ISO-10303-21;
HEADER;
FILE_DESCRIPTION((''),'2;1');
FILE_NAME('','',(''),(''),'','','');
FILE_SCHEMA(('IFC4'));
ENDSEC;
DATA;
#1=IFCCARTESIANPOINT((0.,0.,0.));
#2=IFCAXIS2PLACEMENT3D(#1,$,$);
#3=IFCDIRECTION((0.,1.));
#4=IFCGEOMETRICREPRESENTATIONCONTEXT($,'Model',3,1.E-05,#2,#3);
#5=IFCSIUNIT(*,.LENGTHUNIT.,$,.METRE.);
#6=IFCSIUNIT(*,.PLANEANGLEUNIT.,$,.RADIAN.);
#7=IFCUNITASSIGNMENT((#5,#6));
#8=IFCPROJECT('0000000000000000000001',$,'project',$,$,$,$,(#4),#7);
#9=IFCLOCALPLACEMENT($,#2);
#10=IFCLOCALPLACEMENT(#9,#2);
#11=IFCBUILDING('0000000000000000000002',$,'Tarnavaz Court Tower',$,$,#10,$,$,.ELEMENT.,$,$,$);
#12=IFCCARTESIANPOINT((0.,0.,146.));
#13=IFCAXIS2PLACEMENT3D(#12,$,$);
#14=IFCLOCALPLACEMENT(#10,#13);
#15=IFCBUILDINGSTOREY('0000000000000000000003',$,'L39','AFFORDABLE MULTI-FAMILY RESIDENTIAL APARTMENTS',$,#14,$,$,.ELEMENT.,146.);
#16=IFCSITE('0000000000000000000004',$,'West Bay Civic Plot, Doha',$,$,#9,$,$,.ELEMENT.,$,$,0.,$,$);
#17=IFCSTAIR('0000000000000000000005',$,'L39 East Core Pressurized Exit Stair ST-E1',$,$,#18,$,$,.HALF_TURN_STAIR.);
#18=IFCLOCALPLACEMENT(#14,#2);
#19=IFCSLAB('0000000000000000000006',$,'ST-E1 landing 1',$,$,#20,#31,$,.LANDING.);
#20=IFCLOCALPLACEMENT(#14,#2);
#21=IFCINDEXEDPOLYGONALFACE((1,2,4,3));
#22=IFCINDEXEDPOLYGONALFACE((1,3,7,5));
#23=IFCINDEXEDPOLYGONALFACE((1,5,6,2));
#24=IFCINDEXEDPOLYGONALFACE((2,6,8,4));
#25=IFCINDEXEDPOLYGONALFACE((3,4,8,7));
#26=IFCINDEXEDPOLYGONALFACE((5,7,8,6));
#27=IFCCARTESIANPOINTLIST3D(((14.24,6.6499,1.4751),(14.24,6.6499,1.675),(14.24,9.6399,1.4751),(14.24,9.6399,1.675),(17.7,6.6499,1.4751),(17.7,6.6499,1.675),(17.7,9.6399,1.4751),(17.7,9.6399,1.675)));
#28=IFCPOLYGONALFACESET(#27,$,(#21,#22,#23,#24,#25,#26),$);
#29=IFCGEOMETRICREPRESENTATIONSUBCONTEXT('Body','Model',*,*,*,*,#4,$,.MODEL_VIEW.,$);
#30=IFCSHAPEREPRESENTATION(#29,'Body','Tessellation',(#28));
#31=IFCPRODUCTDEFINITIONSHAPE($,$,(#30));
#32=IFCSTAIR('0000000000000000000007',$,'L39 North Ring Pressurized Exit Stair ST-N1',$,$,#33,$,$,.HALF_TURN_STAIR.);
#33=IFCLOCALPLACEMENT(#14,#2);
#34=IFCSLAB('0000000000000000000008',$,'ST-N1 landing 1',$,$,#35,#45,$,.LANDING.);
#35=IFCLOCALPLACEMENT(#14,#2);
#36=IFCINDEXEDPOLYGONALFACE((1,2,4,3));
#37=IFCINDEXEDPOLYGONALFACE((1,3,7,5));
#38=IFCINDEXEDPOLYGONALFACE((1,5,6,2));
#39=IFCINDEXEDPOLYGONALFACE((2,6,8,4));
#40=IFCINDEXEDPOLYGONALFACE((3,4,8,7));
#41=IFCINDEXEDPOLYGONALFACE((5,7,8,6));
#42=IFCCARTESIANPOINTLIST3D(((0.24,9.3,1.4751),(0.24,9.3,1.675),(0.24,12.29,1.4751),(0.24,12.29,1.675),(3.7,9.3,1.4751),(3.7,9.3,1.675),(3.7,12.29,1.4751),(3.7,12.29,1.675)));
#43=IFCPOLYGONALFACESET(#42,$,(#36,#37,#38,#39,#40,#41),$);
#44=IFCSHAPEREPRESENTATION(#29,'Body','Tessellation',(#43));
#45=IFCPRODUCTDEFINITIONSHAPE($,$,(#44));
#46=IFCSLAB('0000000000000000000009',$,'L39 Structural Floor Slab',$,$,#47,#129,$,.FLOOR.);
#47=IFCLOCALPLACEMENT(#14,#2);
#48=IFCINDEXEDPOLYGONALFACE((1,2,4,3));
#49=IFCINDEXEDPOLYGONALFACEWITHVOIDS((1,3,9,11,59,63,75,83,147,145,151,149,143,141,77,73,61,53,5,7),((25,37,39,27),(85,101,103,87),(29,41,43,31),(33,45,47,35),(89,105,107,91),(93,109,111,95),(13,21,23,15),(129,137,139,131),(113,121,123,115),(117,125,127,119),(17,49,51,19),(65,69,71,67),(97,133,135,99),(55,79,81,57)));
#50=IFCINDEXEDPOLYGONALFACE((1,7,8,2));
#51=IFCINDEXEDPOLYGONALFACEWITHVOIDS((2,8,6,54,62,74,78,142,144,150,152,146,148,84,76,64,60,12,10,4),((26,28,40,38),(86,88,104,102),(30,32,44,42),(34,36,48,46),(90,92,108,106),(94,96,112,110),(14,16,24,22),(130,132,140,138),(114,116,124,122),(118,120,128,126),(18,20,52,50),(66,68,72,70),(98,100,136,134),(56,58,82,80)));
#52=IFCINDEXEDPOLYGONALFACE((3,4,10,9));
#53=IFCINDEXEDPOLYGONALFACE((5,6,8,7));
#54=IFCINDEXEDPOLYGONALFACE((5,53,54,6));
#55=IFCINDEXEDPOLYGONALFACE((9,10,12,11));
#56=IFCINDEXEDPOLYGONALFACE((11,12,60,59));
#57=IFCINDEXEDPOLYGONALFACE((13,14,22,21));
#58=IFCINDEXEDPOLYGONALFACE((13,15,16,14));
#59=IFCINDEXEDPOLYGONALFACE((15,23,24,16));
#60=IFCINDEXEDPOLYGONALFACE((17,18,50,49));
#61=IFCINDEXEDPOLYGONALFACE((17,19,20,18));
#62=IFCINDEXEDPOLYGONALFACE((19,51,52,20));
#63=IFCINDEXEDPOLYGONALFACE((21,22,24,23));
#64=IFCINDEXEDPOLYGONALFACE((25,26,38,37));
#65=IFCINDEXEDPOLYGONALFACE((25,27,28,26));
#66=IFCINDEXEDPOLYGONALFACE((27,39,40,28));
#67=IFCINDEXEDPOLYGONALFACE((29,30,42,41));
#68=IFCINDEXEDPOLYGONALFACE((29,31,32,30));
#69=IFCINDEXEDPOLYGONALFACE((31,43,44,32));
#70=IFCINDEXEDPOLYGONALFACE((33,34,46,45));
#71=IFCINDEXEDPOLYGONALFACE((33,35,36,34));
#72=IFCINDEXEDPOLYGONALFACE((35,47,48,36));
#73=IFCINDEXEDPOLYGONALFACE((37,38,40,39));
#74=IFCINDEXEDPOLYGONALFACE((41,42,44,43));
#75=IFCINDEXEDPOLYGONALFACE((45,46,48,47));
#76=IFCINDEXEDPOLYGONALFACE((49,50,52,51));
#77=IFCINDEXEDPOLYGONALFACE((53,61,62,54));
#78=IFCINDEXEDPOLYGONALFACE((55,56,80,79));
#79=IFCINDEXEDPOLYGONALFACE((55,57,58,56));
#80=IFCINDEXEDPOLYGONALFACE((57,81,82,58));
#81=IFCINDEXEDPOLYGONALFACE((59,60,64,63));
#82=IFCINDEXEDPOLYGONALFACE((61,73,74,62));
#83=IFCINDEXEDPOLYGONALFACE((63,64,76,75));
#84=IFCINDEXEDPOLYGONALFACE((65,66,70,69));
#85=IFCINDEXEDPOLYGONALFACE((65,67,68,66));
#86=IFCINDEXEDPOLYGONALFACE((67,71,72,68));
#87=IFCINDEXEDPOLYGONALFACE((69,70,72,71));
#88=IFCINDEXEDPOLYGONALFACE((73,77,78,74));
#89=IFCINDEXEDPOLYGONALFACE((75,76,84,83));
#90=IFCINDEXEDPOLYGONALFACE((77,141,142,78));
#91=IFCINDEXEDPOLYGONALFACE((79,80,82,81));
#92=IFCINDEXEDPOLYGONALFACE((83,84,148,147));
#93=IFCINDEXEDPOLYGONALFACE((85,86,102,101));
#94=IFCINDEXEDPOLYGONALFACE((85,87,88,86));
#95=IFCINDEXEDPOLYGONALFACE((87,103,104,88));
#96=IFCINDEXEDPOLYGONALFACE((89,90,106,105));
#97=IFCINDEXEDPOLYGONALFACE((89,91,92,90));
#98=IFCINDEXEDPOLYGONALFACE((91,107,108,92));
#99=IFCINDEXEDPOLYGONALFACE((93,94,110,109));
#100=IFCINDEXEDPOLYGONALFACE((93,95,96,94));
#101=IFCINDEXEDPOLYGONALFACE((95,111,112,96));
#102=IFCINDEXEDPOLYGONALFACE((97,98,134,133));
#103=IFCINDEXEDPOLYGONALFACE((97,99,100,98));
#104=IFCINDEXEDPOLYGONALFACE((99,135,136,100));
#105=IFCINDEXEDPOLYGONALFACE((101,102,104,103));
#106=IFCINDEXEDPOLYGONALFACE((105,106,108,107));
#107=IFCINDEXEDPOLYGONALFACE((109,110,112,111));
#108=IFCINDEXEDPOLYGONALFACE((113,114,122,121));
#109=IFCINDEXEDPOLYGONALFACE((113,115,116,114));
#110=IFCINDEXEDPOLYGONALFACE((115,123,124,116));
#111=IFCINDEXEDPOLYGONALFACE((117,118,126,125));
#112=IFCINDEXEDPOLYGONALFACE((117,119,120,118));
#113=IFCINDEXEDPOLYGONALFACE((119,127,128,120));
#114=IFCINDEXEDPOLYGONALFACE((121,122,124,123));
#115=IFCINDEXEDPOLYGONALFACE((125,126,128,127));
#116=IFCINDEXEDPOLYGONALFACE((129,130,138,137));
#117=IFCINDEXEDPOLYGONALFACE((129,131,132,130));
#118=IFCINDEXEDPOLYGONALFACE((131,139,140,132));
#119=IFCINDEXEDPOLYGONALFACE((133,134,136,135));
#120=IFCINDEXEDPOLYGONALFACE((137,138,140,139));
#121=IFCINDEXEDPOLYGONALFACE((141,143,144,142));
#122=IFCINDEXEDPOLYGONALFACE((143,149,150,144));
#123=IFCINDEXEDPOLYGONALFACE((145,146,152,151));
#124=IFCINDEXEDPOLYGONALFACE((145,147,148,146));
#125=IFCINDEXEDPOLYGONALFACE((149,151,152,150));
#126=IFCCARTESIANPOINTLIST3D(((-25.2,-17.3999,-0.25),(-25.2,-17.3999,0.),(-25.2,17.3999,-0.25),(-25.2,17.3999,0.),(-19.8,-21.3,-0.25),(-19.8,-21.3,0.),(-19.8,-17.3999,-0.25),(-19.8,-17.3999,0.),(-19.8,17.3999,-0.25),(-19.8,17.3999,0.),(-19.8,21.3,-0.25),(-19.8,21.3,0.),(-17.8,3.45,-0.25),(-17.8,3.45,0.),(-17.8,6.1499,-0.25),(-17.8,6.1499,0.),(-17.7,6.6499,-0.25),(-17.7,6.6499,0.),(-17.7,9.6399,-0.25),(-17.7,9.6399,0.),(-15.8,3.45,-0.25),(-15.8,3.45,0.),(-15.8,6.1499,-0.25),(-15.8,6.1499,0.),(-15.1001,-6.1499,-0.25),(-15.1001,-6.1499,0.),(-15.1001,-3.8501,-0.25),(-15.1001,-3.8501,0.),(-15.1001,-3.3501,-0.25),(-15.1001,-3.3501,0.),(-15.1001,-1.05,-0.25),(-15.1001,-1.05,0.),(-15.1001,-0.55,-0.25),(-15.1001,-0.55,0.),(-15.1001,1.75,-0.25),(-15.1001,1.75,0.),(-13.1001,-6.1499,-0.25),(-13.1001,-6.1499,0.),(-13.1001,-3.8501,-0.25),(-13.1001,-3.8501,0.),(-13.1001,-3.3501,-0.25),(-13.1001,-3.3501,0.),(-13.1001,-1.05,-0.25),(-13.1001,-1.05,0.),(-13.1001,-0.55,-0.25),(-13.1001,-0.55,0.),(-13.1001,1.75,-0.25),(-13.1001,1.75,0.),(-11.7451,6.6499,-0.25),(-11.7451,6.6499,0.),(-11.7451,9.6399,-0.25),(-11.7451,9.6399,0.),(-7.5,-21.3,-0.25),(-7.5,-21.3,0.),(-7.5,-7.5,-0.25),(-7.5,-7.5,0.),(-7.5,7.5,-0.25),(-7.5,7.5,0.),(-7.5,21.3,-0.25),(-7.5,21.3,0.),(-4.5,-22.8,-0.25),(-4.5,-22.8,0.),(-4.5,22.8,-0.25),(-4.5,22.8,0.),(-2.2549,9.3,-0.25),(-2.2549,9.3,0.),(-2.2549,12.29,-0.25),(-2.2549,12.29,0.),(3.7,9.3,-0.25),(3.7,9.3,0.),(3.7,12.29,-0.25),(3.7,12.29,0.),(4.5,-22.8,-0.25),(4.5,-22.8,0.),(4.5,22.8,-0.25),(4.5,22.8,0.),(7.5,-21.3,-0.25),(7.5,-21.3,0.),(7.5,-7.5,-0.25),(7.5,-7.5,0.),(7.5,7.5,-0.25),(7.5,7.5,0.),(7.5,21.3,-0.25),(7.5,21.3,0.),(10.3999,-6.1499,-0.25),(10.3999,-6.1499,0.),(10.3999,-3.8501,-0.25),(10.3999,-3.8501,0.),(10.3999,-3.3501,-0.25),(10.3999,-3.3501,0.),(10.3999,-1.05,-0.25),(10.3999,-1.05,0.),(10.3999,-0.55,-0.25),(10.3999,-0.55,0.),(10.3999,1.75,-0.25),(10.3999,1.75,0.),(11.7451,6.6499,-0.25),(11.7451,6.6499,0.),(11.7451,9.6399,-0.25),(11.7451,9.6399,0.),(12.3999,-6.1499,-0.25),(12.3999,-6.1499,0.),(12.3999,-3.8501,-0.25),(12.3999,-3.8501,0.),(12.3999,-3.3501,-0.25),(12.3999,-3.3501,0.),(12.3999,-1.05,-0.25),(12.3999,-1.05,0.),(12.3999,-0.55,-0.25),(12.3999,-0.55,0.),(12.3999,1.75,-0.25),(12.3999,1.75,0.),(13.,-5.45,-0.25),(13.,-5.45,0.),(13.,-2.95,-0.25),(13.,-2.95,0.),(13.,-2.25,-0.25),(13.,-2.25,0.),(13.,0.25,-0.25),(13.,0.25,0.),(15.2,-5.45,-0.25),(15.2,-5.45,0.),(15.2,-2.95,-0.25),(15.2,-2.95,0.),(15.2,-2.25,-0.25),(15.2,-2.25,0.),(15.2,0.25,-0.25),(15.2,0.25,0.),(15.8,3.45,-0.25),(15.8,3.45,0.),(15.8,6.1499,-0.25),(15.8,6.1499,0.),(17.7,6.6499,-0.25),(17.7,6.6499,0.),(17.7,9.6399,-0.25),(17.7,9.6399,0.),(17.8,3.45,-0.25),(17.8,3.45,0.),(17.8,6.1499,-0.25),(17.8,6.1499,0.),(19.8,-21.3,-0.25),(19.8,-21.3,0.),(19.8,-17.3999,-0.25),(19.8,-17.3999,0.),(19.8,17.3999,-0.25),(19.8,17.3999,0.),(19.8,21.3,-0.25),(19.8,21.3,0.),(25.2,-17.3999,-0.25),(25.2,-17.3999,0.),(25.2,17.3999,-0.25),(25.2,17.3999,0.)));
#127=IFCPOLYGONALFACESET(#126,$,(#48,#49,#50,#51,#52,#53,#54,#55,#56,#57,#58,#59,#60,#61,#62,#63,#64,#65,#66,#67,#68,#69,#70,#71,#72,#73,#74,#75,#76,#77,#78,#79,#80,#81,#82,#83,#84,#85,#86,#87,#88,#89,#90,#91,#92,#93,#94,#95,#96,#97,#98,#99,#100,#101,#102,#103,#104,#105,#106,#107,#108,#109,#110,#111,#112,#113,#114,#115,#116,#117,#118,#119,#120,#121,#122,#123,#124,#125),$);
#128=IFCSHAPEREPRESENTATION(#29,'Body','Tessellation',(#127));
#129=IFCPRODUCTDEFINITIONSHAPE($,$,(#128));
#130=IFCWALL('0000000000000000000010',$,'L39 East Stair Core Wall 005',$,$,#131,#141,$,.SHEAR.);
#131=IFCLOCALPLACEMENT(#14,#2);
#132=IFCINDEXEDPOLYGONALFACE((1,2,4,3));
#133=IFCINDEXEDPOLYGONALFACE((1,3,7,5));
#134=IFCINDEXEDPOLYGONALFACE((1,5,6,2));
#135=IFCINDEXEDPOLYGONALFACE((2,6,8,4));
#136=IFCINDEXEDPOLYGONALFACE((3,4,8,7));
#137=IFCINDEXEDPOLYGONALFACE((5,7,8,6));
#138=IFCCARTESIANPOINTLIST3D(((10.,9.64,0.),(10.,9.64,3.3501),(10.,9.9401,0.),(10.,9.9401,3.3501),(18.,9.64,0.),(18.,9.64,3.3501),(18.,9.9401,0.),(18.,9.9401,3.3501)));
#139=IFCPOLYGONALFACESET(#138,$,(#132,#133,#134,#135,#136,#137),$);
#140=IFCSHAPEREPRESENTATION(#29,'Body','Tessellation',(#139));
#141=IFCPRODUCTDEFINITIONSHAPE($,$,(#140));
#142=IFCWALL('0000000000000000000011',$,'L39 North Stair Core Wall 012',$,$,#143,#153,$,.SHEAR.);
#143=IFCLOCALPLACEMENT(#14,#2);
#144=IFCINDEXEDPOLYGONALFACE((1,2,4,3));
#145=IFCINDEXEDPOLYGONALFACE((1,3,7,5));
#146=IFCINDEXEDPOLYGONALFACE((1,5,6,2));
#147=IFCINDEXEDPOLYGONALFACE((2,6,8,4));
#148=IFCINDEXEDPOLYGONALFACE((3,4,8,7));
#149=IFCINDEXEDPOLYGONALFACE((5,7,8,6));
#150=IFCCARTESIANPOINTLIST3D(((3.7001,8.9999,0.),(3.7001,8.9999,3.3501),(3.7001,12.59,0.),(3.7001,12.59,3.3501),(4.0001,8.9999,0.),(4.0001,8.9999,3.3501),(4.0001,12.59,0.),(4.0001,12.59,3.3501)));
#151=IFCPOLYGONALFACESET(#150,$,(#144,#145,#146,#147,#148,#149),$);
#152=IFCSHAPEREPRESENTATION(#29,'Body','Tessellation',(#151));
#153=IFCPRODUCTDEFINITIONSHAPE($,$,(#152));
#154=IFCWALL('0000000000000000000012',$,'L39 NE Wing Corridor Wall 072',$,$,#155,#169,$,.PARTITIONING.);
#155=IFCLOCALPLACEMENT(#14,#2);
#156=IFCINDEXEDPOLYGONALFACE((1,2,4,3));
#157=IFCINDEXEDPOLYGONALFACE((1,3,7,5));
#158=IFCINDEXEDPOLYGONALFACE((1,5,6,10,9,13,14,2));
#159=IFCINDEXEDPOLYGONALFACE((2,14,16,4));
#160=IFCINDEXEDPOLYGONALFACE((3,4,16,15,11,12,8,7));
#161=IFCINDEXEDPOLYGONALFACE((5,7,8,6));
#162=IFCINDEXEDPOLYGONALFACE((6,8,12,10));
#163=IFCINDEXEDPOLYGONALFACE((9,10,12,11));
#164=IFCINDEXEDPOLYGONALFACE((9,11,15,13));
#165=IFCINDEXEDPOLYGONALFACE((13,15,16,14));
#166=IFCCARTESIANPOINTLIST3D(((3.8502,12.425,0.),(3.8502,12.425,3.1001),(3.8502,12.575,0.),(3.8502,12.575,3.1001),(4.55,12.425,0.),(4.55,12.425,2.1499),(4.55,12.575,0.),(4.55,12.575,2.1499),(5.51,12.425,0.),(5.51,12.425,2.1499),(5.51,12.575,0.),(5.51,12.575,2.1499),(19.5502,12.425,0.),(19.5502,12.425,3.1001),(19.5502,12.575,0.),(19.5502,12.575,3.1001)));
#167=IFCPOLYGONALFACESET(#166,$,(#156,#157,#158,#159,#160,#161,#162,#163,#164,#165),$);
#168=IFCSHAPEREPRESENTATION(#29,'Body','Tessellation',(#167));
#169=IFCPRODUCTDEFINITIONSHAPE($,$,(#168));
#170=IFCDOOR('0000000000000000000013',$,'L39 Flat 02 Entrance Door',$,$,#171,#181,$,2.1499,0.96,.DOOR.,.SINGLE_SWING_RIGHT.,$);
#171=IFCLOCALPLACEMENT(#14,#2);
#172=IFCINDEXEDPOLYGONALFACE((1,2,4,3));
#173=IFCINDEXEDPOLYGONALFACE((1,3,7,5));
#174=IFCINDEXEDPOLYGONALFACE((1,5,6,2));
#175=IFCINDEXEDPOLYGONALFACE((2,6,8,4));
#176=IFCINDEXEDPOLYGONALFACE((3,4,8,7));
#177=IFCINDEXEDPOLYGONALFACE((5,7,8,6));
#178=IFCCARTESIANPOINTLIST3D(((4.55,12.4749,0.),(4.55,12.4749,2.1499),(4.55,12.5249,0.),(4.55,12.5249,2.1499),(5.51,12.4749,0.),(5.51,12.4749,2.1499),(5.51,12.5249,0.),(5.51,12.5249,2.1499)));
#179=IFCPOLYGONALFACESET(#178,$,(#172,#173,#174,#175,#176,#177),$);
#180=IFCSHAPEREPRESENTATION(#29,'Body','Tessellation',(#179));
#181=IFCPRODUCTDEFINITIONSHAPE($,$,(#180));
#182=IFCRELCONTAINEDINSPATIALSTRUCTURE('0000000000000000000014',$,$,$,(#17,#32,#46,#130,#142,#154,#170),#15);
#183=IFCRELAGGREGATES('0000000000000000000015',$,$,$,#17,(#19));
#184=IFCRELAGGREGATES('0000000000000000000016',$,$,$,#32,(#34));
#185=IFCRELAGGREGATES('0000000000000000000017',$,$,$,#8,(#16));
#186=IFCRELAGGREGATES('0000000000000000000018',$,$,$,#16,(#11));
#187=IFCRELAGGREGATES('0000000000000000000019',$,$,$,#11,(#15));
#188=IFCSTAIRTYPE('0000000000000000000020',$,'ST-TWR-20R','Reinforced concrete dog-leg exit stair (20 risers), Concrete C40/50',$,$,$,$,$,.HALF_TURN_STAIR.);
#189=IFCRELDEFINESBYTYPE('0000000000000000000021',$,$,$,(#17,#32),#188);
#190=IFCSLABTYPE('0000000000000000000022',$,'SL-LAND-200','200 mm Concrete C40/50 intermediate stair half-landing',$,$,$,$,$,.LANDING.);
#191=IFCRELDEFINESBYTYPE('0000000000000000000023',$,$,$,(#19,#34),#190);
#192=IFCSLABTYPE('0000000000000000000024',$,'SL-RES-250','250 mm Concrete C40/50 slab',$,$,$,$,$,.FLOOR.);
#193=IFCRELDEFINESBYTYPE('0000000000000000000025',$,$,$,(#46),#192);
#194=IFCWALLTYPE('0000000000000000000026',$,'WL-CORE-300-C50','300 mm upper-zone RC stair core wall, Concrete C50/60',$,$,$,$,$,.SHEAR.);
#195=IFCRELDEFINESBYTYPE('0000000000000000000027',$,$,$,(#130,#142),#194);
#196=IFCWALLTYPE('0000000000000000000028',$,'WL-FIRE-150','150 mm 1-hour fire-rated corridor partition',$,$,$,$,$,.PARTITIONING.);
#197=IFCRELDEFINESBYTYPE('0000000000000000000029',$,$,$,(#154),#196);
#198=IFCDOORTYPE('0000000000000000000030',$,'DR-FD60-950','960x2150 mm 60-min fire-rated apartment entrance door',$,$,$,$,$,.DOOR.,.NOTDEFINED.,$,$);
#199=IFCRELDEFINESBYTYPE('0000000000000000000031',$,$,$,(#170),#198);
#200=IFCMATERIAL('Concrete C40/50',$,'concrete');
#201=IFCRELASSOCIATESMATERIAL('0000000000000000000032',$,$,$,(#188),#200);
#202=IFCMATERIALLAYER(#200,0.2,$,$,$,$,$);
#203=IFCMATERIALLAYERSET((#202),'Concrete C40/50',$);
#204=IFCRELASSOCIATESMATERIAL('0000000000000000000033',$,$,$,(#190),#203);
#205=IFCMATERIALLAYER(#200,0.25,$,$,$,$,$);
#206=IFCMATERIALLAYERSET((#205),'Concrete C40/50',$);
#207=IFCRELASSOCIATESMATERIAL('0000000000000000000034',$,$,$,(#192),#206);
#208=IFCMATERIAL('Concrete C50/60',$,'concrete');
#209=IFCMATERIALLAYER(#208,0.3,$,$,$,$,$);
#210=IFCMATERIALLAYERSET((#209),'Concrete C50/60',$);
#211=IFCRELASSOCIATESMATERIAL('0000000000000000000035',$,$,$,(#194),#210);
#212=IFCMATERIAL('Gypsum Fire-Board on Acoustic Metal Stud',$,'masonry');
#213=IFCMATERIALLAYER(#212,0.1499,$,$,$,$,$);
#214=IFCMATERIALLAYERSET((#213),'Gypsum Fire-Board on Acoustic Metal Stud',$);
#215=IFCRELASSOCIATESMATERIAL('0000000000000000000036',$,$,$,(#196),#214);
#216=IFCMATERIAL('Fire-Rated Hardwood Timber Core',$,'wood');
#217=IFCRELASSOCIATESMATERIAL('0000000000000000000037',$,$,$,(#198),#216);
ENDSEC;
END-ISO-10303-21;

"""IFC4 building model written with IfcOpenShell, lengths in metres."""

from ifc_helpers import new_model, si_unit, direction, frame, frame_2d, origin, place, context, subcontext, project, spatial, polyline, rectangle, outline, extrude, material, layer, layer_set, type_object, element, fill, aggregate, save


model = new_model("IFC4")

# Units and contexts
model_context = context("Model", 3, precision=1e-05, world=origin(), true_north=direction((0.0, 1.0)))
body_context = subcontext(model_context, "Body", "Model", "MODEL_VIEW")
ifc_project = project(units=[si_unit("LENGTHUNIT", "METRE"), si_unit("PLANEANGLEUNIT", "RADIAN")], contexts=[model_context])

# Site, building, storey
site_placement = place(None, origin())
site = spatial("IfcSite", under=ifc_project, at=site_placement, Name="West Bay Civic Plot, Doha", CompositionType="ELEMENT", RefElevation=0.0)
building_placement = place(site_placement, origin())
building = spatial("IfcBuilding", under=site, at=building_placement, Name="Tarnavaz Court Tower", CompositionType="ELEMENT")
storey_placement = place(building_placement, frame((0.0, 0.0, 146.0)))
storey = spatial("IfcBuildingStorey", under=building, at=storey_placement, Name="L39", Description="AFFORDABLE MULTI-FAMILY RESIDENTIAL APARTMENTS", CompositionType="ELEMENT", Elevation=146.0)

# Stairs, slabs
ifc_material_1 = material(Name="Concrete C40/50", Category="concrete")
stair_type = type_object("IfcStairType", Name="ST-TWR-20R", Description="Reinforced concrete dog-leg exit stair (20 risers), Concrete C40/50", PredefinedType="HALF_TURN_STAIR", material=ifc_material_1)
ifc_layer_1 = layer(ifc_material_1, 0.2)
ifc_layer_set_1 = layer_set([ifc_layer_1], Name="Concrete C40/50")
slab_type_1 = type_object("IfcSlabType", Name="SL-LAND-200", Description="200 mm Concrete C40/50 intermediate stair half-landing", PredefinedType="LANDING", material=ifc_layer_set_1)
stair_1_placement = place(storey_placement, origin())
stair_1 = element("IfcStair", 1, at=stair_1_placement, inside=storey, type_object=stair_type, Name="L39 East Core Pressurized Exit Stair ST-E1", PredefinedType="HALF_TURN_STAIR")
slab_1_placement = place(storey_placement, frame((0.0, 0.0, 1.4751)))
slab_1 = element("IfcSlab", 2, at=slab_1_placement, type_object=slab_type_1, Name="ST-E1 landing 1", PredefinedType="LANDING", context=body_context, shape_type="SweptSolid", body=[
    extrude(outline(polyline([(14.24, 6.6499), (17.7, 6.6499), (17.7, 9.6399), (14.24, 9.6399), (14.24, 6.6499)])), origin(), (0.0, 0.0, 1.0), 0.2),
])
aggregate(stair_1, [slab_1])
stair_2_placement = place(storey_placement, origin())
stair_2 = element("IfcStair", 3, at=stair_2_placement, inside=storey, type_object=stair_type, Name="L39 North Ring Pressurized Exit Stair ST-N1", PredefinedType="HALF_TURN_STAIR")
slab_2_placement = place(storey_placement, frame((0.0, 0.0, 1.4751)))
slab_2 = element("IfcSlab", 4, at=slab_2_placement, type_object=slab_type_1, Name="ST-N1 landing 1", PredefinedType="LANDING", context=body_context, shape_type="SweptSolid", body=[
    extrude(outline(polyline([(0.24, 9.3), (3.7, 9.3), (3.7, 12.29), (0.24, 12.29), (0.24, 9.3)])), origin(), (0.0, 0.0, 1.0), 0.2),
])

# Slab
ifc_layer_2 = layer(ifc_material_1, 0.25)
ifc_layer_set_2 = layer_set([ifc_layer_2], Name="Concrete C40/50")
slab_type_2 = type_object("IfcSlabType", Name="SL-RES-250", Description="250 mm Concrete C40/50 slab", PredefinedType="FLOOR", material=ifc_layer_set_2)
slab_3_placement = place(storey_placement, frame((0.0, 0.0, -0.25)))
element("IfcSlab", 5, at=slab_3_placement, inside=storey, type_object=slab_type_2, Name="L39 Structural Floor Slab", PredefinedType="FLOOR", context=body_context, shape_type="SweptSolid", body=[
    extrude(outline(polyline([(-19.8, -21.3), (-7.5, -21.3), (-4.5, -22.8), (4.5, -22.8), (7.5, -21.3), (19.8, -21.3), (19.8, -17.3999), (25.2, -17.3999), (25.2, 17.3999), (19.8, 17.3999), (19.8, 21.3), (7.5, 21.3), (4.5, 22.8), (-4.5, 22.8), (-7.5, 21.3), (-19.8, 21.3), (-19.8, 17.3999), (-25.2, 17.3999), (-25.2, -17.3999), (-19.8, -17.3999), (-19.8, -21.3)]), holes=[polyline([(-7.5, -7.5), (7.5, -7.5), (7.5, 7.5), (-7.5, 7.5), (-7.5, -7.5)]), polyline([(-11.7451, 9.6399), (-17.7, 9.6399), (-17.7, 6.6499), (-11.7451, 6.6499), (-11.7451, 9.6399)]), polyline([(11.7451, 6.6499), (17.7, 6.6499), (17.7, 9.6399), (11.7451, 9.6399), (11.7451, 6.6499)]), polyline([(-2.2549, 9.3), (3.7, 9.3), (3.7, 12.29), (-2.2549, 12.29), (-2.2549, 9.3)]), polyline([(-17.8, 3.45), (-15.8, 3.45), (-15.8, 6.1499), (-17.8, 6.1499), (-17.8, 3.45)]), polyline([(-15.1001, -6.1499), (-13.1001, -6.1499), (-13.1001, -3.8501), (-15.1001, -3.8501), (-15.1001, -6.1499)]), polyline([(-15.1001, -3.3501), (-13.1001, -3.3501), (-13.1001, -1.05), (-15.1001, -1.05), (-15.1001, -3.3501)]), polyline([(-15.1001, -0.55), (-13.1001, -0.55), (-13.1001, 1.75), (-15.1001, 1.75), (-15.1001, -0.55)]), polyline([(15.8, 3.45), (17.8, 3.45), (17.8, 6.1499), (15.8, 6.1499), (15.8, 3.45)]), polyline([(10.3999, -6.1499), (12.3999, -6.1499), (12.3999, -3.8501), (10.3999, -3.8501), (10.3999, -6.1499)]), polyline([(10.3999, -3.3501), (12.3999, -3.3501), (12.3999, -1.05), (10.3999, -1.05), (10.3999, -3.3501)]), polyline([(10.3999, -0.55), (12.3999, -0.55), (12.3999, 1.75), (10.3999, 1.75), (10.3999, -0.55)]), polyline([(13.0, -5.45), (15.2, -5.45), (15.2, -2.95), (13.0, -2.95), (13.0, -5.45)]), polyline([(13.0, -2.25), (15.2, -2.25), (15.2, 0.25), (13.0, 0.25), (13.0, -2.25)])]), origin(), (0.0, 0.0, 1.0), 0.25),
])

# Wall
ifc_material_2 = material(Name="Concrete C50/60", Category="concrete")
ifc_layer_3 = layer(ifc_material_2, 0.3)
ifc_layer_set_3 = layer_set([ifc_layer_3], Name="Concrete C50/60")
wall_type_1 = type_object("IfcWallType", Name="WL-CORE-300-C50", Description="300 mm upper-zone RC stair core wall, Concrete C50/60", PredefinedType="SHEAR", material=ifc_layer_set_3)
wall_1_placement = place(storey_placement, frame((10.0, 9.79, 0.0), z_axis=(0.0, 0.0, 1.0), x_axis=(1.0, 0.0, 0.0)))
element("IfcWall", 6, at=wall_1_placement, inside=storey, type_object=wall_type_1, Name="L39 East Stair Core Wall 005", PredefinedType="SHEAR", context=body_context, shape_type="SweptSolid", body=[
    extrude(rectangle(XDim=8.0, YDim=0.3, at=frame_2d((4.0, 0.0))), origin(), (0.0, 0.0, 1.0), 3.3501),
])

# Shared definitions
ifc_material_3 = material(Name="Fire-Rated Hardwood Timber Core", Category="wood")

# Wall
wall_2_placement = place(storey_placement, frame((3.8501, 9.0, 0.0), z_axis=(0.0, 0.0, 1.0), x_axis=(0.0, 1.0, 0.0)))
element("IfcWall", 7, at=wall_2_placement, inside=storey, type_object=wall_type_1, Name="L39 North Stair Core Wall 012", PredefinedType="SHEAR", context=body_context, shape_type="SweptSolid", body=[
    extrude(rectangle(XDim=3.5901, YDim=0.3, at=frame_2d((1.7949, 0.0))), origin(), (0.0, 0.0, 1.0), 3.3501),
])

# Wall, opening, door
ifc_material_4 = material(Name="Gypsum Fire-Board on Acoustic Metal Stud", Category="masonry")
ifc_layer_4 = layer(ifc_material_4, 0.1499)
ifc_layer_set_4 = layer_set([ifc_layer_4], Name="Gypsum Fire-Board on Acoustic Metal Stud")
wall_type_2 = type_object("IfcWallType", Name="WL-FIRE-150", Description="150 mm 1-hour fire-rated corridor partition", PredefinedType="PARTITIONING", material=ifc_layer_set_4)
wall_3_placement = place(storey_placement, frame((3.8501, 12.5, 0.0), z_axis=(0.0, 0.0, 1.0), x_axis=(1.0, 0.0, 0.0)))
wall_3 = element("IfcWall", 8, at=wall_3_placement, inside=storey, type_object=wall_type_2, Name="L39 NE Wing Corridor Wall 072", PredefinedType="PARTITIONING", context=body_context, shape_type="SweptSolid", body=[
    extrude(rectangle(XDim=15.7, YDim=0.1499, at=frame_2d((7.8501, 0.0))), origin(), (0.0, 0.0, 1.0), 3.1001),
])
opening_1_placement = place(wall_3_placement, frame((0.7, 0.0, 0.0)))
opening_1 = element("IfcOpeningElement", 9, at=opening_1_placement, cuts=wall_3, PredefinedType="OPENING", context=body_context, shape_type="SweptSolid", body=[
    extrude(rectangle(XDim=0.96, YDim=2.1499, at=frame_2d((0.48, 1.075))), frame((0.0, 0.085, 0.0), z_axis=(0.0, -1.0, 0.0), x_axis=(1.0, 0.0, 0.0)), (0.0, 0.0, 1.0), 0.1699),
])
door_type_1 = type_object("IfcDoorType", Name="DR-FD60-950", Description="960x2150 mm 60-min fire-rated apartment entrance door", OperationType="NOTDEFINED", PredefinedType="DOOR", material=ifc_material_3)
door_1_placement = place(opening_1_placement, origin())
door_1 = element("IfcDoor", 10, at=door_1_placement, inside=storey, type_object=door_type_1, Name="L39 Flat 02 Entrance Door", OperationType="SINGLE_SWING_RIGHT", OverallHeight=2.1499, OverallWidth=0.96, PredefinedType="DOOR", context=body_context, shape_type="SweptSolid", body=[
    extrude(rectangle(XDim=0.96, YDim=2.1499, at=frame_2d((0.48, 1.075))), frame((0.0, 0.0249, 0.0), z_axis=(0.0, -1.0, 0.0), x_axis=(1.0, 0.0, 0.0)), (0.0, 0.0, 1.0), 0.05),
])
fill(opening_1, door_1)

aggregate(stair_2, [slab_2])

save(model, "model.ifc")
